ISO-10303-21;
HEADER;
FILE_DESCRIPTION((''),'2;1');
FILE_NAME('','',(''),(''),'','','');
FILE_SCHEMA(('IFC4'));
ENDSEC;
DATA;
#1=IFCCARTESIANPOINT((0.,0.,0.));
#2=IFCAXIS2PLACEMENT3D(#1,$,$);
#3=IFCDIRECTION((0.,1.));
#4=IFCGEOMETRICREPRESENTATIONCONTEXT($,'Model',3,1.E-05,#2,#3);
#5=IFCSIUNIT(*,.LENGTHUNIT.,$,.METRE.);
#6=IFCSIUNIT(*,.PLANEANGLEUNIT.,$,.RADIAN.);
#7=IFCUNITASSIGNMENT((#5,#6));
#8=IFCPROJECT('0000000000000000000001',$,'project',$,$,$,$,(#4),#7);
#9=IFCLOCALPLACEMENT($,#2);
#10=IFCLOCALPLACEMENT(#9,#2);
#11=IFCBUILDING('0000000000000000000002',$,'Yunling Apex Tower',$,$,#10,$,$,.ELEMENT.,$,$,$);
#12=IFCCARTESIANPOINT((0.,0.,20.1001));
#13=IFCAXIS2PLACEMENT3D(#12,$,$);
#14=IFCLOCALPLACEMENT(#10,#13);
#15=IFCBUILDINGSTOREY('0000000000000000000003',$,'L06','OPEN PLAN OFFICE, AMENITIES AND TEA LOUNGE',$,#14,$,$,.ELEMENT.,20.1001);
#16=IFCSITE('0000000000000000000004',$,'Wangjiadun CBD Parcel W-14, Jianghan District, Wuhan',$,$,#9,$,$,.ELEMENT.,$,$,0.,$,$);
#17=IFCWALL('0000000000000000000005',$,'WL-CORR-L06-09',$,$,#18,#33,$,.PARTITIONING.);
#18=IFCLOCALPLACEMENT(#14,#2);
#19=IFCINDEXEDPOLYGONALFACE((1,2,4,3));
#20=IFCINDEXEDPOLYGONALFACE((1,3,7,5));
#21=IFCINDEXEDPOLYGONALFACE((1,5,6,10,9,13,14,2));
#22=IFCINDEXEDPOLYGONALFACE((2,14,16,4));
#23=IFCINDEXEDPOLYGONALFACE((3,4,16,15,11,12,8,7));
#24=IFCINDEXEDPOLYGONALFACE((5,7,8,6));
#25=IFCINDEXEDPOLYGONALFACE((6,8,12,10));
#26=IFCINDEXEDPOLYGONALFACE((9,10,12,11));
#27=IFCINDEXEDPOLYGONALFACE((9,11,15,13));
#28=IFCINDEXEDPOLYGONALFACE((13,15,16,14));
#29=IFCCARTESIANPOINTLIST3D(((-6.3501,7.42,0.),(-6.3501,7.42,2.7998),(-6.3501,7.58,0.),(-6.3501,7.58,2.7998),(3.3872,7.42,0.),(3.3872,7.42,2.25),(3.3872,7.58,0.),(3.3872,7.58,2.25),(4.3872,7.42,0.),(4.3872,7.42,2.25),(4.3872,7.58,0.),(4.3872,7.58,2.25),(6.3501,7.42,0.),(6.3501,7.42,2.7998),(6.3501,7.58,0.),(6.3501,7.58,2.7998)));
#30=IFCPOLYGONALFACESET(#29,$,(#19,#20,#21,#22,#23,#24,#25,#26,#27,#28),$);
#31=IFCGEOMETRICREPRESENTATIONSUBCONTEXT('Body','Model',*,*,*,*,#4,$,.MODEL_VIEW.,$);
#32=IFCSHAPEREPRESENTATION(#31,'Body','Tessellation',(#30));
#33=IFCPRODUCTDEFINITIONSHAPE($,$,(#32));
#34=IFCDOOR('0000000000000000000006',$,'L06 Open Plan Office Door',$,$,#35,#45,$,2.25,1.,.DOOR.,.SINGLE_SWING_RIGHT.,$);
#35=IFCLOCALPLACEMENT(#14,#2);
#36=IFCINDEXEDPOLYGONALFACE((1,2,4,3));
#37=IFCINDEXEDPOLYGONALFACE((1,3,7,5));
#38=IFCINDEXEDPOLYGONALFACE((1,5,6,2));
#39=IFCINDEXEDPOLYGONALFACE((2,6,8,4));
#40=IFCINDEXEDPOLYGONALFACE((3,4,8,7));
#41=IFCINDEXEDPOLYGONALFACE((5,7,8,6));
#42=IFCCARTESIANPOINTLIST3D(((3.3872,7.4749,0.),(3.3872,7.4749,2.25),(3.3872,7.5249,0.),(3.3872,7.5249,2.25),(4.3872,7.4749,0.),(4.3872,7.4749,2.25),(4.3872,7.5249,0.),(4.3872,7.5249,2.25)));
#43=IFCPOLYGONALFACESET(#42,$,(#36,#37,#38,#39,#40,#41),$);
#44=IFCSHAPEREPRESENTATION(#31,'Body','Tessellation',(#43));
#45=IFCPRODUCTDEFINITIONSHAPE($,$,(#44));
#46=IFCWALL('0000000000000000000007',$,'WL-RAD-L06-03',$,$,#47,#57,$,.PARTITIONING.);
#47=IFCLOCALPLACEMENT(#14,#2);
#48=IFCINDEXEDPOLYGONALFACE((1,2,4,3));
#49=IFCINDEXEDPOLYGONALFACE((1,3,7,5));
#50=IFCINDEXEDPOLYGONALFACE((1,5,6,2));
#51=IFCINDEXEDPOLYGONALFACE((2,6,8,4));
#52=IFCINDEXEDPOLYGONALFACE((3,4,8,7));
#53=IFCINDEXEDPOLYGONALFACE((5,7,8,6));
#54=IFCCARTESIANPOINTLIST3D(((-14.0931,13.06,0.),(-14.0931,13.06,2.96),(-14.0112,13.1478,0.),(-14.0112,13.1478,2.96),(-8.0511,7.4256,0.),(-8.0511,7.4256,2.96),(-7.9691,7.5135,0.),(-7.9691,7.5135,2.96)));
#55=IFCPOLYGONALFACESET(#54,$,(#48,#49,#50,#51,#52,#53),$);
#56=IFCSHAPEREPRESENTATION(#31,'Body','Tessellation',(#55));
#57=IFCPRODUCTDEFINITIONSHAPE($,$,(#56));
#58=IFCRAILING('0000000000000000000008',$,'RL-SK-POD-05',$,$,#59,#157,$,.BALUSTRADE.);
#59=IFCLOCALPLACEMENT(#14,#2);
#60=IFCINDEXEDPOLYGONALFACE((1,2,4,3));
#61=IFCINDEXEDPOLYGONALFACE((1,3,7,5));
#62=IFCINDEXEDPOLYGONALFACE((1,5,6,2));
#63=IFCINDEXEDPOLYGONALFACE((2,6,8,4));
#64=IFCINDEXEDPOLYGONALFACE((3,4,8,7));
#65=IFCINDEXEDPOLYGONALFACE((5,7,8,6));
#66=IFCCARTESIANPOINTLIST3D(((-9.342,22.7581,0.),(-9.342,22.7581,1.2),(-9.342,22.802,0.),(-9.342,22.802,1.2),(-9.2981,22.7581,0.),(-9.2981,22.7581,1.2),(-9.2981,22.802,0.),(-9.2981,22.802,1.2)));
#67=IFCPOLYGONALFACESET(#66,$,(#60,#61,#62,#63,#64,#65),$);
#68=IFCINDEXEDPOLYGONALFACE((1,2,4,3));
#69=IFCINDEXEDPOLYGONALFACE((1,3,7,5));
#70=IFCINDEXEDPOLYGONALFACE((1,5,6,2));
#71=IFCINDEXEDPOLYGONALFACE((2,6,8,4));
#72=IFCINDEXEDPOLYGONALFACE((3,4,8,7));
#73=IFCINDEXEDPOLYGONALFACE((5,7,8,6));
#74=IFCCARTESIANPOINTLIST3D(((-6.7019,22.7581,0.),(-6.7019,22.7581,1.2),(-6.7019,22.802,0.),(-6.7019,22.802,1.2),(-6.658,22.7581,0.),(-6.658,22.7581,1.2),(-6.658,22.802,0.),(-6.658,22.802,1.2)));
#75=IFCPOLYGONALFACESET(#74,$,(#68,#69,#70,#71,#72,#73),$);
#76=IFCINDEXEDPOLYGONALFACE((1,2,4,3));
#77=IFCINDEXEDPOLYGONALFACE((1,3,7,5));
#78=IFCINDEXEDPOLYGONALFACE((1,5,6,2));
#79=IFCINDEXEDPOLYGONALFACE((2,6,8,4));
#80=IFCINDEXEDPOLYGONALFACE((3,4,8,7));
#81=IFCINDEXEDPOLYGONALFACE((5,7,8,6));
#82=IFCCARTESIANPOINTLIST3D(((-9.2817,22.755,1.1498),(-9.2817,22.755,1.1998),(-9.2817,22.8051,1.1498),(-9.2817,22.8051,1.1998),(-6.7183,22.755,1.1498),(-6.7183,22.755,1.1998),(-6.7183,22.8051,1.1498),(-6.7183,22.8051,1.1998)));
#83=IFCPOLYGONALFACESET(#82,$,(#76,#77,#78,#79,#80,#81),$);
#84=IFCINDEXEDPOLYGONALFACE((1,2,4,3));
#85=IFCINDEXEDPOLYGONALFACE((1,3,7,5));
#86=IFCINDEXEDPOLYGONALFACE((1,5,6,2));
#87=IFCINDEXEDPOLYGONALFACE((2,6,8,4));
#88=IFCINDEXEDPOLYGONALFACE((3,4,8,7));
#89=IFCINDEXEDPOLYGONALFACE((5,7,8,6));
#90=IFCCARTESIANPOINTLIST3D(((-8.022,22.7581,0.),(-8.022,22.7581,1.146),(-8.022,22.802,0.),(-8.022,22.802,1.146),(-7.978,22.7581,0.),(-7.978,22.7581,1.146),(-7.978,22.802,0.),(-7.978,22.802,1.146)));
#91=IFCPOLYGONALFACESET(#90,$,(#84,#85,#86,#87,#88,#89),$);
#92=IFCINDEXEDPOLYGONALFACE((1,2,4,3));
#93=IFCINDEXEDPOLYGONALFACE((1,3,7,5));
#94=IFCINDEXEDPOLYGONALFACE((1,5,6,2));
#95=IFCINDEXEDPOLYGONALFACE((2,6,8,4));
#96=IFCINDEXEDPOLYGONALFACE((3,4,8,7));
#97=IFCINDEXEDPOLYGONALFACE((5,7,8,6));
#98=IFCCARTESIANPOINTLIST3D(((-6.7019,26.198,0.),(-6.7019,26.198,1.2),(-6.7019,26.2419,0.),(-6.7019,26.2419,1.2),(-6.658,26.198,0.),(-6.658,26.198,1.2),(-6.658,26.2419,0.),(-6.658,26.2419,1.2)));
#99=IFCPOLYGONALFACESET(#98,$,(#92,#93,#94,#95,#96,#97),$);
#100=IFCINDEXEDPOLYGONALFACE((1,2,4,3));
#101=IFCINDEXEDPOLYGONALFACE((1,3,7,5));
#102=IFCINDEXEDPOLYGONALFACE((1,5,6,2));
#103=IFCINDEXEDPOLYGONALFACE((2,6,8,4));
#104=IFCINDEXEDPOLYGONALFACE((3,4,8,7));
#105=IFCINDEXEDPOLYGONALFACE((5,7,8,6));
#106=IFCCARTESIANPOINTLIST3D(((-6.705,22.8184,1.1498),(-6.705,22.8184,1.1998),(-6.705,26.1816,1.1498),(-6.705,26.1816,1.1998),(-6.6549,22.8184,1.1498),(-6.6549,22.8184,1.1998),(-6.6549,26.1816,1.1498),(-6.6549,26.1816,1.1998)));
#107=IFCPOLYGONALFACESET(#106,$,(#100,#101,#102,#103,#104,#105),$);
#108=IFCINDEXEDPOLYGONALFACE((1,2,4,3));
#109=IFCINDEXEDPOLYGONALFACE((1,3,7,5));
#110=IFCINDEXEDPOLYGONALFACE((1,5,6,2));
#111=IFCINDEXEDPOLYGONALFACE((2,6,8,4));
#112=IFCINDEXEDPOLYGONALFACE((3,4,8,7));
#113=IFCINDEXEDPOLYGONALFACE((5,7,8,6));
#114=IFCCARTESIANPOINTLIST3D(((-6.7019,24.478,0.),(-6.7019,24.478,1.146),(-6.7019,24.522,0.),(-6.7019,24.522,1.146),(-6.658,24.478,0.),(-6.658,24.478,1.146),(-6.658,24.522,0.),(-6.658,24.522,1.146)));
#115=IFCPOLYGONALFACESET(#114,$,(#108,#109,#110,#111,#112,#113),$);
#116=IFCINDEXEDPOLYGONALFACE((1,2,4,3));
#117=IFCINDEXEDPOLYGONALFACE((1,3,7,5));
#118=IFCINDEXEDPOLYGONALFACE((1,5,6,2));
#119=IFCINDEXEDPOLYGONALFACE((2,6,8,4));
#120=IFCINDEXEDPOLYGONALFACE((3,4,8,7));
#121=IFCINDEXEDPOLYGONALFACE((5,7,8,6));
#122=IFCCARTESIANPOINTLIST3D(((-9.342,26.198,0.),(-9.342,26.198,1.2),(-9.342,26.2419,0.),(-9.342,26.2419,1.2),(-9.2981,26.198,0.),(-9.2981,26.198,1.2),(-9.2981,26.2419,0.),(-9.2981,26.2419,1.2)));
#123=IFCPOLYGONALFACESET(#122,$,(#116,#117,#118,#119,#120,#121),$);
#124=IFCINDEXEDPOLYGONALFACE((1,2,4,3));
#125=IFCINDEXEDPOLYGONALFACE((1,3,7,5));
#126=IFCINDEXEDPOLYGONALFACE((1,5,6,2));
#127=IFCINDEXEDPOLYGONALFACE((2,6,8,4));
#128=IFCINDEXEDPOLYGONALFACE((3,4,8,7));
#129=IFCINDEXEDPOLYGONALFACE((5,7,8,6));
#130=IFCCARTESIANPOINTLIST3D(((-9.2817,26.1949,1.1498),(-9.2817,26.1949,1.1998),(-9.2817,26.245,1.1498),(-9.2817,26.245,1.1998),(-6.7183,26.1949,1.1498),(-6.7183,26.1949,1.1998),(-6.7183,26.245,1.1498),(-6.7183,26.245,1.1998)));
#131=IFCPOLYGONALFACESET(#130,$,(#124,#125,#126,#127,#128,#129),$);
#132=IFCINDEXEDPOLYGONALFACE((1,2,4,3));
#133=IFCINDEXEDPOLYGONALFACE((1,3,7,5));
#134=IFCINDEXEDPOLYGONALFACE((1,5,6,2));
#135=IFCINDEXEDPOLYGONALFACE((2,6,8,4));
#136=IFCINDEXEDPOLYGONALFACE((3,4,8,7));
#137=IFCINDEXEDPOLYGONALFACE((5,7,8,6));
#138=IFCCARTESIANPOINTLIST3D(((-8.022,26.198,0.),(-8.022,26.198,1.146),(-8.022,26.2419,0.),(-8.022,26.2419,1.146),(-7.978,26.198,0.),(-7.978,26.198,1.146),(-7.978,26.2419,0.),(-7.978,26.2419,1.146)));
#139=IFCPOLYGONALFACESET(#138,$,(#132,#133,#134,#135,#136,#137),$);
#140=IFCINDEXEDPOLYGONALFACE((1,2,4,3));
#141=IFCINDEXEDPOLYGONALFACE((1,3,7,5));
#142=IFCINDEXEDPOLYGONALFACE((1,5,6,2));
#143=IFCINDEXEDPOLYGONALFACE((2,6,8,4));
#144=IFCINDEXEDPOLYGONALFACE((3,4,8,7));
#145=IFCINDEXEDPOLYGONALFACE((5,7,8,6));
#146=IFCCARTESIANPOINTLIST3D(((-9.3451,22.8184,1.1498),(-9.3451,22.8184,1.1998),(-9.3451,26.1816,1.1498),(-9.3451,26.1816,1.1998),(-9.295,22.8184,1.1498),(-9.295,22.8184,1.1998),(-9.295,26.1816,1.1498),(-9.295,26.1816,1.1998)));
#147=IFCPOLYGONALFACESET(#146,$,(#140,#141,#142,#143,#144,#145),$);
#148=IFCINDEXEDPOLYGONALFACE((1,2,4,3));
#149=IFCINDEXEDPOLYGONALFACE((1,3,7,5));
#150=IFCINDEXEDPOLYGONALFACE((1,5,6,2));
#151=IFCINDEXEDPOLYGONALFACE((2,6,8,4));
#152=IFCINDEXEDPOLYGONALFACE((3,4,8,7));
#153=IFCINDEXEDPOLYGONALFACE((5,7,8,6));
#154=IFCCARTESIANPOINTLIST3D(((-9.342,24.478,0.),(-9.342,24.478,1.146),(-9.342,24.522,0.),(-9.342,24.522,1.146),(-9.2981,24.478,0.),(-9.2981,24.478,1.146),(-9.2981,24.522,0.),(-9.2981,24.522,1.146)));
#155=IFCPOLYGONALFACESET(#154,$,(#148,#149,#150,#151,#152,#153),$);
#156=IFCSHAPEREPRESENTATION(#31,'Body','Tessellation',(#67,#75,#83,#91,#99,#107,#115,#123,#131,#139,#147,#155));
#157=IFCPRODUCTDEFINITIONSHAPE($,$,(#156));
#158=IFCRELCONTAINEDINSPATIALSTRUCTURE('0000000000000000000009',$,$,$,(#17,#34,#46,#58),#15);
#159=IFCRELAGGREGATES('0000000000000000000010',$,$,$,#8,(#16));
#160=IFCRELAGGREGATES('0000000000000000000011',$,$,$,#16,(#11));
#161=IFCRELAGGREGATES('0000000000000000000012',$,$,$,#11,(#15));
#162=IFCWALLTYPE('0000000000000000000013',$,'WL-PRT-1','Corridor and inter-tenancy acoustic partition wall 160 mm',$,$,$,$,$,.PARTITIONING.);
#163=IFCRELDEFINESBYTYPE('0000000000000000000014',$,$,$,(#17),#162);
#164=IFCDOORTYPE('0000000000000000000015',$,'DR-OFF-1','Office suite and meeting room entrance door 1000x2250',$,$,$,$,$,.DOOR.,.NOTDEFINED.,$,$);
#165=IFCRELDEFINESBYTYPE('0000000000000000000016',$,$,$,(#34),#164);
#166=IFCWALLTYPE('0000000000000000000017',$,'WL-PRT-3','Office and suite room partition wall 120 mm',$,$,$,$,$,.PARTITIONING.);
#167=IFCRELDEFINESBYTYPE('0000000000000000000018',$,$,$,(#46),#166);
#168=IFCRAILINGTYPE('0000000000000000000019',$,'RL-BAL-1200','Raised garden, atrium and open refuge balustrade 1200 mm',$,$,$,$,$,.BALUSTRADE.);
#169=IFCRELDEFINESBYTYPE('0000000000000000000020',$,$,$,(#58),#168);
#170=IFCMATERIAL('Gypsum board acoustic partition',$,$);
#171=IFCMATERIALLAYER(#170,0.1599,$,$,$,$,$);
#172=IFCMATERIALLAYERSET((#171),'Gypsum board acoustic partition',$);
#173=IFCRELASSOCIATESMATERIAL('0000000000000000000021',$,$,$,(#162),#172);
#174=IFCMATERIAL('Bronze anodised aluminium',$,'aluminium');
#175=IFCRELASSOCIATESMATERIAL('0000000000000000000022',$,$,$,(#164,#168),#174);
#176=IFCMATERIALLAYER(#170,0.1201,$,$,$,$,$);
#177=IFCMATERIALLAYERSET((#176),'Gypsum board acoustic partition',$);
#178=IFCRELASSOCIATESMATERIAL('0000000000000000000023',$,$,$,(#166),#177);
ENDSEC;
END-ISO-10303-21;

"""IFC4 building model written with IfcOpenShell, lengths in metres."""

from ifc_helpers import new_model, si_unit, direction, frame, frame_2d, origin, origin_2d, place, context, subcontext, project, spatial, rectangle, extrude, material, layer, layer_set, type_object, element, fill, save


model = new_model("IFC4")

# Units and contexts
model_context = context("Model", 3, precision=1e-05, world=origin(), true_north=direction((0.0, 1.0)))
body_context = subcontext(model_context, "Body", "Model", "MODEL_VIEW")
ifc_project = project(units=[si_unit("LENGTHUNIT", "METRE"), si_unit("PLANEANGLEUNIT", "RADIAN")], contexts=[model_context])

# Site, building, storey
site_placement = place(None, origin())
site = spatial("IfcSite", under=ifc_project, at=site_placement, Name="Wangjiadun CBD Parcel W-14, Jianghan District, Wuhan", CompositionType="ELEMENT", RefElevation=0.0)
building_placement = place(site_placement, origin())
building = spatial("IfcBuilding", under=site, at=building_placement, Name="Yunling Apex Tower", CompositionType="ELEMENT")
storey_placement = place(building_placement, frame((0.0, 0.0, 20.1001)))
storey = spatial("IfcBuildingStorey", under=building, at=storey_placement, Name="L06", Description="OPEN PLAN OFFICE, AMENITIES AND TEA LOUNGE", CompositionType="ELEMENT", Elevation=20.1001)

# Shared definitions
ifc_material_1 = material(Name="Bronze anodised aluminium", Category="aluminium")

# Shared definitions
ifc_material_2 = material(Name="Gypsum board acoustic partition")
ifc_layer_1 = layer(ifc_material_2, 0.1599)
ifc_layer_set_1 = layer_set([ifc_layer_1], Name="Gypsum board acoustic partition")
wall_type_1 = type_object("IfcWallType", Name="WL-PRT-1", Description="Corridor and inter-tenancy acoustic partition wall 160 mm", PredefinedType="PARTITIONING", material=ifc_layer_set_1)
door_type = type_object("IfcDoorType", Name="DR-OFF-1", Description="Office suite and meeting room entrance door 1000x2250", OperationType="NOTDEFINED", PredefinedType="DOOR", material=ifc_material_1)

# Wall, opening, door
wall_1_placement = place(storey_placement, frame((-6.3501, 7.5, 0.0), z_axis=(0.0, 0.0, 1.0), x_axis=(1.0, 0.0, 0.0)))
wall_1 = element("IfcWall", 1, at=wall_1_placement, inside=storey, type_object=wall_type_1, Name="WL-CORR-L06-09", PredefinedType="PARTITIONING", context=body_context, shape_type="SweptSolid", body=[
    extrude(rectangle(XDim=12.7002, YDim=0.1599, at=frame_2d((6.3501, 0.0))), origin(), (0.0, 0.0, 1.0), 2.7998),
])
opening_1_placement = place(wall_1_placement, frame((9.7373, 0.0, 0.0)))
opening_1 = element("IfcOpeningElement", 2, at=opening_1_placement, cuts=wall_1, PredefinedType="OPENING", context=body_context, shape_type="SweptSolid", body=[
    extrude(rectangle(XDim=1.0, YDim=2.25, at=frame_2d((0.5, 1.125))), frame((0.0, 0.0898, 0.0), z_axis=(0.0, -1.0, 0.0), x_axis=(1.0, 0.0, 0.0)), (0.0, 0.0, 1.0), 0.1799),
])
door_1_placement = place(opening_1_placement, origin())
door_1 = element("IfcDoor", 3, at=door_1_placement, inside=storey, type_object=door_type, Name="L06 Open Plan Office Door", OperationType="SINGLE_SWING_RIGHT", OverallHeight=2.25, OverallWidth=1.0, PredefinedType="DOOR", context=body_context, shape_type="SweptSolid", body=[
    extrude(rectangle(XDim=1.0, YDim=2.25, at=frame_2d((0.5, 1.125))), frame((0.0, 0.0249, 0.0), z_axis=(0.0, -1.0, 0.0), x_axis=(1.0, 0.0, 0.0)), (0.0, 0.0, 1.0), 0.05),
])
fill(opening_1, door_1)

# Wall
ifc_layer_2 = layer(ifc_material_2, 0.1201)
ifc_layer_set_2 = layer_set([ifc_layer_2], Name="Gypsum board acoustic partition")
wall_type_2 = type_object("IfcWallType", Name="WL-PRT-3", Description="Office and suite room partition wall 120 mm", PredefinedType="PARTITIONING", material=ifc_layer_set_2)
wall_2_placement = place(storey_placement, frame((-8.01, 7.4695, 0.0), z_axis=(0.0, 0.0, 1.0), x_axis=(-0.731352, 0.682, 0.0)))
element("IfcWall", 4, at=wall_2_placement, inside=storey, type_object=wall_type_2, Name="WL-RAD-L06-03", PredefinedType="PARTITIONING", context=body_context, shape_type="SweptSolid", body=[
    extrude(rectangle(XDim=8.2615, YDim=0.1201, at=frame_2d((4.1309, 0.0))), origin(), (0.0, 0.0, 1.0), 2.96),
])

# Railing
railing_type = type_object("IfcRailingType", Name="RL-BAL-1200", Description="Raised garden, atrium and open refuge balustrade 1200 mm", PredefinedType="BALUSTRADE", material=ifc_material_1)
railing_placement = place(storey_placement, frame((-9.3201, 22.78, 0.0)))
element("IfcRailing", 5, at=railing_placement, inside=storey, type_object=railing_type, Name="RL-SK-POD-05", PredefinedType="BALUSTRADE", context=body_context, shape_type="SweptSolid", body=[
    extrude(rectangle(XDim=0.0439, YDim=0.0439, at=origin_2d()), origin(), (0.0, 0.0, 1.0), 1.2),
    extrude(rectangle(XDim=0.0439, YDim=0.0439, at=origin_2d()), frame((2.6401, 0.0, 0.0)), (0.0, 0.0, 1.0), 1.2),
    extrude(rectangle(XDim=0.05, YDim=0.05, at=origin_2d()), frame((0.0383, 0.0, 1.1748), z_axis=(1.0, 0.0, 0.0), x_axis=(0.0, 1.0, 0.0)), (0.0, 0.0, 1.0), 2.5635),
    extrude(rectangle(XDim=0.0439, YDim=0.0439, at=origin_2d()), frame((1.3201, 0.0, 0.0)), (0.0, 0.0, 1.0), 1.146),
    extrude(rectangle(XDim=0.0439, YDim=0.0439, at=origin_2d()), frame((2.6401, 3.4399, 0.0)), (0.0, 0.0, 1.0), 1.2),
    extrude(rectangle(XDim=0.05, YDim=0.05, at=origin_2d()), frame((2.6401, 0.0383, 1.1748), z_axis=(0.0, 1.0, 0.0), x_axis=(-1.0, 0.0, 0.0)), (0.0, 0.0, 1.0), 3.3633),
    extrude(rectangle(XDim=0.0439, YDim=0.0439, at=origin_2d()), frame((2.6401, 1.72, 0.0)), (0.0, 0.0, 1.0), 1.146),
    extrude(rectangle(XDim=0.0439, YDim=0.0439, at=origin_2d()), frame((0.0, 3.4399, 0.0)), (0.0, 0.0, 1.0), 1.2),
    extrude(rectangle(XDim=0.05, YDim=0.05, at=origin_2d()), frame((2.6018, 3.4399, 1.1748), z_axis=(-1.0, 0.0, 0.0), x_axis=(0.0, -1.0, 0.0)), (0.0, 0.0, 1.0), 2.5635),
    extrude(rectangle(XDim=0.0439, YDim=0.0439, at=origin_2d()), frame((1.3201, 3.4399, 0.0)), (0.0, 0.0, 1.0), 1.146),
    extrude(rectangle(XDim=0.05, YDim=0.05, at=origin_2d()), frame((0.0, 3.4016, 1.1748), z_axis=(0.0, -1.0, 0.0), x_axis=(1.0, 0.0, 0.0)), (0.0, 0.0, 1.0), 3.3633),
    extrude(rectangle(XDim=0.0439, YDim=0.0439, at=origin_2d()), frame((0.0, 1.72, 0.0)), (0.0, 0.0, 1.0), 1.146),
])

save(model, "model.ifc")
